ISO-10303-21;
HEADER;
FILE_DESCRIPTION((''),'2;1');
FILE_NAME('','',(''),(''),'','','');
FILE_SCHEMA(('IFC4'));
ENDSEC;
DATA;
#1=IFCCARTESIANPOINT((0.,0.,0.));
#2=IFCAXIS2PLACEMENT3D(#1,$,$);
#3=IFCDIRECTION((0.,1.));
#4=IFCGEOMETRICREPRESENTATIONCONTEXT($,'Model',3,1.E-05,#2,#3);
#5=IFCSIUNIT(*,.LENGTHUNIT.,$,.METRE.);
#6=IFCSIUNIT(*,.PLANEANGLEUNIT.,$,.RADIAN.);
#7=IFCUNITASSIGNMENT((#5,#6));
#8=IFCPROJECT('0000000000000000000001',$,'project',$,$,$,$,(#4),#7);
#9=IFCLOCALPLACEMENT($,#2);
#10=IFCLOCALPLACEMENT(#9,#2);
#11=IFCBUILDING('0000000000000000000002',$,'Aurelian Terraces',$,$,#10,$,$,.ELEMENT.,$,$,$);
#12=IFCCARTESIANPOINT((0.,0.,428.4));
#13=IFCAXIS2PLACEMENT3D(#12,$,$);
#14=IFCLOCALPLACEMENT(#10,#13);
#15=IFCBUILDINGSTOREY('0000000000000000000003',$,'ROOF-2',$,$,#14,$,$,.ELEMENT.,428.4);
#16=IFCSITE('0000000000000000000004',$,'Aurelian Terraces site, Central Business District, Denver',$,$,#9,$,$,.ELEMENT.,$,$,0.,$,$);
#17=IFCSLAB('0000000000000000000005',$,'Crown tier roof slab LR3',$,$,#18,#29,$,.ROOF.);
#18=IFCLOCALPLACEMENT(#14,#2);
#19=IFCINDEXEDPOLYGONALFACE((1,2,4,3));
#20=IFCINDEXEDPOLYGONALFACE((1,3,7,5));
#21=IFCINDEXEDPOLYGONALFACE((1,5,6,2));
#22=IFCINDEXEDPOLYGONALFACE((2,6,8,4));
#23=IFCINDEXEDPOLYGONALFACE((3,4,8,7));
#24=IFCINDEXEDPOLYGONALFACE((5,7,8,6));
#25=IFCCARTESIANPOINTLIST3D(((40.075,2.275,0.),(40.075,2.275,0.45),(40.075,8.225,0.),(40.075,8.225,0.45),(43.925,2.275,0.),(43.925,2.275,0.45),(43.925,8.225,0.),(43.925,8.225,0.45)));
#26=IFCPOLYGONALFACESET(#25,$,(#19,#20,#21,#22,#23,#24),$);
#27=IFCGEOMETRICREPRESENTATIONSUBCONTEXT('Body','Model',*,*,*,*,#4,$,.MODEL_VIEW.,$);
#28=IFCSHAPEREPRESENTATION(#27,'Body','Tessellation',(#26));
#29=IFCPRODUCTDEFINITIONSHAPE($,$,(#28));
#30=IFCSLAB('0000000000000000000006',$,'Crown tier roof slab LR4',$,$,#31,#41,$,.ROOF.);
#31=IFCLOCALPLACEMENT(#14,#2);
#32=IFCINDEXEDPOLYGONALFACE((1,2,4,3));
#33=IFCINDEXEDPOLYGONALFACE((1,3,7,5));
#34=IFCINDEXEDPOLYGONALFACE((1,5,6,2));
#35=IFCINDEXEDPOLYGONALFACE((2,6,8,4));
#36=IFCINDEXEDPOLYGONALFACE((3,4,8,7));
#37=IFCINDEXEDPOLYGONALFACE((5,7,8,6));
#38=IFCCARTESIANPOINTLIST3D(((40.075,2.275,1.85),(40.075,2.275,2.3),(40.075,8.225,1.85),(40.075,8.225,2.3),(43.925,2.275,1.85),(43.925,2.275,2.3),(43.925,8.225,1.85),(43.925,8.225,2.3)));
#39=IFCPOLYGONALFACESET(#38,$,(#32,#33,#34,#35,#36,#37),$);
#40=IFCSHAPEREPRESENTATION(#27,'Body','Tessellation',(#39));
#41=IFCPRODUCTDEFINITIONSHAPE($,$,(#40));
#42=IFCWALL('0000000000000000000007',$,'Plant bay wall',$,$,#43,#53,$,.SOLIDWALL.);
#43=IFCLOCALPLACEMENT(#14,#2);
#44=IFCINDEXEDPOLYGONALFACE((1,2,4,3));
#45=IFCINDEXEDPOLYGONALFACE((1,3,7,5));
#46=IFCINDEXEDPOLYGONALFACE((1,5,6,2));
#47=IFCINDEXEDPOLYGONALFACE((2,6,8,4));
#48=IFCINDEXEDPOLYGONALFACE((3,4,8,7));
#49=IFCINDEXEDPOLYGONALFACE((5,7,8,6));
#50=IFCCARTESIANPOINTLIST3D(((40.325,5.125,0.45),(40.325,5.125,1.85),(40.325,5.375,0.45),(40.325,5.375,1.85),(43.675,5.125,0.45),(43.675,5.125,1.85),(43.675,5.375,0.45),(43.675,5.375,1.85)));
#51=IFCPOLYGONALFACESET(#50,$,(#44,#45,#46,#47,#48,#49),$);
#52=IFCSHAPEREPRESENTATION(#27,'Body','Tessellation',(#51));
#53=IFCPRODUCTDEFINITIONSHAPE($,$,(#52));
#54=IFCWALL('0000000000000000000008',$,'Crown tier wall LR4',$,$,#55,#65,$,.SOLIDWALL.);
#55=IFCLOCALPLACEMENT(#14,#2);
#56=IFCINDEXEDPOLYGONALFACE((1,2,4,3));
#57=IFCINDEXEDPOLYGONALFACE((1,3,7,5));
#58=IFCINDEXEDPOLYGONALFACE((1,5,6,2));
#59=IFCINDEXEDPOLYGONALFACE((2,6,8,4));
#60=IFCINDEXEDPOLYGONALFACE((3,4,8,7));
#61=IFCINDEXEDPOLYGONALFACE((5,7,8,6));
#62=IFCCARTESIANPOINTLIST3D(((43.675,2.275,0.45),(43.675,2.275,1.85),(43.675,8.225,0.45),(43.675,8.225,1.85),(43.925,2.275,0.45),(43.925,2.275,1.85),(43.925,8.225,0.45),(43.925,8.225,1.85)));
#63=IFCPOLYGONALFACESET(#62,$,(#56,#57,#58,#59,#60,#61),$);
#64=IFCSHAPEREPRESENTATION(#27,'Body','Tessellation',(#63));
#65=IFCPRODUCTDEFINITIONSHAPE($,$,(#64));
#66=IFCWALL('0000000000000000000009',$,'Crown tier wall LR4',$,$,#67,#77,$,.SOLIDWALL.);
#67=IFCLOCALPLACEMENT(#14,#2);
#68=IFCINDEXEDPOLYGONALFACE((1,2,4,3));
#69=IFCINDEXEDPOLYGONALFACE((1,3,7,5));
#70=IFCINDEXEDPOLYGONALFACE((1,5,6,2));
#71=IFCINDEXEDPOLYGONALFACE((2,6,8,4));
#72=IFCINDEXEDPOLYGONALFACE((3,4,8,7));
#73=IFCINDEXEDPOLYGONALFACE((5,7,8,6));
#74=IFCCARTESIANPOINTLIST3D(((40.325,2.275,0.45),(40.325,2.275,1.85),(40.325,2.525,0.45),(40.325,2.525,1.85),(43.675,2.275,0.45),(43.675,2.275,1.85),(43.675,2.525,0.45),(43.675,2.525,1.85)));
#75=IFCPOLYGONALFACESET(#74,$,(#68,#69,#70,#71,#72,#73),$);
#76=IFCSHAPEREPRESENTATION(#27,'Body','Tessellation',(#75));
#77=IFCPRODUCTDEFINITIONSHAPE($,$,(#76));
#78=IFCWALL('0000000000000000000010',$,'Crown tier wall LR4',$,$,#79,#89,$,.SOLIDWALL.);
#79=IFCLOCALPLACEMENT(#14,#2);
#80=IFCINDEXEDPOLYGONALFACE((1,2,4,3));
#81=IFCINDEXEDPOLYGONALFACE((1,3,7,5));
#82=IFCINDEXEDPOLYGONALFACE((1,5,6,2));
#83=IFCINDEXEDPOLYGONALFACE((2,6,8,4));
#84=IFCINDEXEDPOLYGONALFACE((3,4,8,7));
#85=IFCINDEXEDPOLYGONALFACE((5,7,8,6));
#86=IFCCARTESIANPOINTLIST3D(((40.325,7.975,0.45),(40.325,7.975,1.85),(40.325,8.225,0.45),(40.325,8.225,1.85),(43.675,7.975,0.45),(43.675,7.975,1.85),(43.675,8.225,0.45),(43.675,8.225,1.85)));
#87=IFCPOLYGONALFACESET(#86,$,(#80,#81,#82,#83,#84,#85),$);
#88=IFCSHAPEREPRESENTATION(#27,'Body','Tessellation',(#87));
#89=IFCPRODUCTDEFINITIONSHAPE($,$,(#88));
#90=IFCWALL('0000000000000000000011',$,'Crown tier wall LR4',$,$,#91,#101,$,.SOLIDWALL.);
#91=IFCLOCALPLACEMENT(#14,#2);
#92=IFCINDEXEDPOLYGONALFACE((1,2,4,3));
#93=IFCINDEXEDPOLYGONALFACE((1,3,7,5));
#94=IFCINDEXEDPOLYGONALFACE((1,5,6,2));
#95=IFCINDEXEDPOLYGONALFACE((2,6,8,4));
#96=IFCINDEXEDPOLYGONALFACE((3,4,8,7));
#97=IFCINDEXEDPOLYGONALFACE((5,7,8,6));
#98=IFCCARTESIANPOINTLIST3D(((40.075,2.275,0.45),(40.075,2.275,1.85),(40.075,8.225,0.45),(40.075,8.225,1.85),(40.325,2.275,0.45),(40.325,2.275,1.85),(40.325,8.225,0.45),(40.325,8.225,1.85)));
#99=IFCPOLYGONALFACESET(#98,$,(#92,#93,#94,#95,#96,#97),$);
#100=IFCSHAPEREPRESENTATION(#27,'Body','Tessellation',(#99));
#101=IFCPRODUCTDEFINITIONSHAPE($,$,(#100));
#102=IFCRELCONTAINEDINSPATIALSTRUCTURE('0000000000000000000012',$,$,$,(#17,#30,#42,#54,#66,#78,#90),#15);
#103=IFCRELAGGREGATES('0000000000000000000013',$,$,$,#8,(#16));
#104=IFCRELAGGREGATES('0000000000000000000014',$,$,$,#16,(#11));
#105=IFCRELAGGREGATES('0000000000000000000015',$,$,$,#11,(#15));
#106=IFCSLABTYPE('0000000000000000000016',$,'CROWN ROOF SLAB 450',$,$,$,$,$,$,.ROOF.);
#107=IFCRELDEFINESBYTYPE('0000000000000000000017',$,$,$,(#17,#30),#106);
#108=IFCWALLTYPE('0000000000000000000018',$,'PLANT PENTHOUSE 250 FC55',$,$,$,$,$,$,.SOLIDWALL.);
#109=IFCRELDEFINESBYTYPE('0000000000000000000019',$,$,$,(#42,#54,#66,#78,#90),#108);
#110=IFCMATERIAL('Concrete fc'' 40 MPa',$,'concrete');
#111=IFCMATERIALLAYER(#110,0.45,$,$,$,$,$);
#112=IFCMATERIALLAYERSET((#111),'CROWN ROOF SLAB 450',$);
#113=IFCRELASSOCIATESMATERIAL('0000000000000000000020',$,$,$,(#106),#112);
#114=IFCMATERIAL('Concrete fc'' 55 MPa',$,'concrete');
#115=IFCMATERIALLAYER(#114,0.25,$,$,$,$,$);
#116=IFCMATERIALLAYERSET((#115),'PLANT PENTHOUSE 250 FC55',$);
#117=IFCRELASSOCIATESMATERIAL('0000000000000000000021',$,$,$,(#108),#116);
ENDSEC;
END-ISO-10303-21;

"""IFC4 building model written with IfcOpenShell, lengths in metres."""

from ifc_helpers import new_model, si_unit, direction, frame, frame_2d, origin, place, context, subcontext, project, spatial, polyline, rectangle, outline, extrude, source, transform, mapped, material, layer, layer_set, type_object, element, save


model = new_model("IFC4")

# Units and contexts
model_context = context("Model", 3, precision=1e-05, world=origin(), true_north=direction((0.0, 1.0)))
body_context = subcontext(model_context, "Body", "Model", "MODEL_VIEW")
ifc_project = project(units=[si_unit("LENGTHUNIT", "METRE"), si_unit("PLANEANGLEUNIT", "RADIAN")], contexts=[model_context])

# Site, building, storey
site_placement = place(None, origin())
site = spatial("IfcSite", under=ifc_project, at=site_placement, Name="Aurelian Terraces site, Central Business District, Denver", CompositionType="ELEMENT", RefElevation=0.0)
building_placement = place(site_placement, origin())
building = spatial("IfcBuilding", under=site, at=building_placement, Name="Aurelian Terraces", CompositionType="ELEMENT")
storey_placement = place(building_placement, frame((0.0, 0.0, 428.4)))
storey = spatial("IfcBuildingStorey", under=building, at=storey_placement, Name="ROOF-2", CompositionType="ELEMENT", Elevation=428.4)

# Slabs
ifc_material_1 = material(Name="Concrete fc' 40 MPa", Category="concrete")
ifc_layer_1 = layer(ifc_material_1, 0.45)
ifc_layer_set_1 = layer_set([ifc_layer_1], Name="CROWN ROOF SLAB 450")
slab_type = type_object("IfcSlabType", Name="CROWN ROOF SLAB 450", PredefinedType="ROOF", material=ifc_layer_set_1)
slab_1_placement = place(storey_placement, origin())
element("IfcSlab", 1, at=slab_1_placement, inside=storey, type_object=slab_type, Name="Crown tier roof slab LR3", PredefinedType="ROOF", context=body_context, shape_type="SweptSolid", body=[
    extrude(outline(polyline([(43.925, 2.275), (43.925, 8.225), (40.075, 8.225), (40.075, 2.275), (43.925, 2.275)])), origin(), (0.0, 0.0, 1.0), 0.45),
])
shared_shape_1 = source(origin(), body_context, "Body", "SweptSolid", [
    extrude(outline(polyline([(43.925, 2.275), (43.925, 8.225), (40.075, 8.225), (40.075, 2.275), (43.925, 2.275)])), origin(), (0.0, 0.0, 1.0), 0.45),
])
slab_2_placement = place(storey_placement, frame((0.0, 0.0, 1.85)))
element("IfcSlab", 2, at=slab_2_placement, inside=storey, type_object=slab_type, Name="Crown tier roof slab LR4", PredefinedType="ROOF", context=body_context, shape_type="MappedRepresentation", body=[
    mapped(shared_shape_1, transform((0.0, 0.0, 0.0), scale=1.0)),
])

# Walls
ifc_material_2 = material(Name="Concrete fc' 55 MPa", Category="concrete")
ifc_layer_2 = layer(ifc_material_2, 0.25)
ifc_layer_set_2 = layer_set([ifc_layer_2], Name="PLANT PENTHOUSE 250 FC55")
wall_type = type_object("IfcWallType", Name="PLANT PENTHOUSE 250 FC55", PredefinedType="SOLIDWALL", material=ifc_layer_set_2)
wall_1_placement = place(storey_placement, frame((40.325, 5.25, 0.45), z_axis=(0.0, 0.0, 1.0), x_axis=(1.0, 0.0, 0.0)))
element("IfcWall", 3, at=wall_1_placement, inside=storey, type_object=wall_type, Name="Plant bay wall", PredefinedType="SOLIDWALL", context=body_context, shape_type="SweptSolid", body=[
    extrude(rectangle(XDim=3.35, YDim=0.25, at=frame_2d((1.675, 0.0))), origin(), (0.0, 0.0, 1.0), 1.4),
])
wall_2_placement = place(storey_placement, frame((43.8, 2.275, 0.45), z_axis=(0.0, 0.0, 1.0), x_axis=(0.0, 1.0, 0.0)))
element("IfcWall", 4, at=wall_2_placement, inside=storey, type_object=wall_type, Name="Crown tier wall LR4", PredefinedType="SOLIDWALL", context=body_context, shape_type="SweptSolid", body=[
    extrude(rectangle(XDim=5.95, YDim=0.25, at=frame_2d((2.975, 0.0))), origin(), (0.0, 0.0, 1.0), 1.4),
])
shared_shape_2 = source(origin(), body_context, "Body", "SweptSolid", [
    extrude(rectangle(XDim=3.35, YDim=0.25, at=frame_2d((1.675, 0.0))), origin(), (0.0, 0.0, 1.0), 1.4),
])
for number, where, z_axis, x_axis, name in (
    (5, (40.325, 2.4, 0.45), (0.0, 0.0, 1.0), (1.0, 0.0, 0.0), "Crown tier wall LR4"),
    (6, (43.675, 8.1, 0.45), (0.0, 0.0, 1.0), (-1.0, 0.0, 0.0), "Crown tier wall LR4"),
):
    element("IfcWall", number, at=place(storey_placement, frame(where, z_axis=z_axis, x_axis=x_axis)), inside=storey, type_object=wall_type, Name=name, PredefinedType="SOLIDWALL", context=body_context, shape_type="MappedRepresentation", body=[
        mapped(shared_shape_2, transform((0.0, 0.0, 0.0), scale=1.0)),
    ])
shared_shape_3 = source(origin(), body_context, "Body", "SweptSolid", [
    extrude(rectangle(XDim=5.95, YDim=0.25, at=frame_2d((2.975, 0.0))), origin(), (0.0, 0.0, 1.0), 1.4),
])
wall_3_placement = place(storey_placement, frame((40.2, 8.225, 0.45), z_axis=(0.0, 0.0, 1.0), x_axis=(0.0, -1.0, 0.0)))
element("IfcWall", 7, at=wall_3_placement, inside=storey, type_object=wall_type, Name="Crown tier wall LR4", PredefinedType="SOLIDWALL", context=body_context, shape_type="MappedRepresentation", body=[
    mapped(shared_shape_3, transform((0.0, 0.0, 0.0), scale=1.0)),
])

save(model, "model.ifc")
